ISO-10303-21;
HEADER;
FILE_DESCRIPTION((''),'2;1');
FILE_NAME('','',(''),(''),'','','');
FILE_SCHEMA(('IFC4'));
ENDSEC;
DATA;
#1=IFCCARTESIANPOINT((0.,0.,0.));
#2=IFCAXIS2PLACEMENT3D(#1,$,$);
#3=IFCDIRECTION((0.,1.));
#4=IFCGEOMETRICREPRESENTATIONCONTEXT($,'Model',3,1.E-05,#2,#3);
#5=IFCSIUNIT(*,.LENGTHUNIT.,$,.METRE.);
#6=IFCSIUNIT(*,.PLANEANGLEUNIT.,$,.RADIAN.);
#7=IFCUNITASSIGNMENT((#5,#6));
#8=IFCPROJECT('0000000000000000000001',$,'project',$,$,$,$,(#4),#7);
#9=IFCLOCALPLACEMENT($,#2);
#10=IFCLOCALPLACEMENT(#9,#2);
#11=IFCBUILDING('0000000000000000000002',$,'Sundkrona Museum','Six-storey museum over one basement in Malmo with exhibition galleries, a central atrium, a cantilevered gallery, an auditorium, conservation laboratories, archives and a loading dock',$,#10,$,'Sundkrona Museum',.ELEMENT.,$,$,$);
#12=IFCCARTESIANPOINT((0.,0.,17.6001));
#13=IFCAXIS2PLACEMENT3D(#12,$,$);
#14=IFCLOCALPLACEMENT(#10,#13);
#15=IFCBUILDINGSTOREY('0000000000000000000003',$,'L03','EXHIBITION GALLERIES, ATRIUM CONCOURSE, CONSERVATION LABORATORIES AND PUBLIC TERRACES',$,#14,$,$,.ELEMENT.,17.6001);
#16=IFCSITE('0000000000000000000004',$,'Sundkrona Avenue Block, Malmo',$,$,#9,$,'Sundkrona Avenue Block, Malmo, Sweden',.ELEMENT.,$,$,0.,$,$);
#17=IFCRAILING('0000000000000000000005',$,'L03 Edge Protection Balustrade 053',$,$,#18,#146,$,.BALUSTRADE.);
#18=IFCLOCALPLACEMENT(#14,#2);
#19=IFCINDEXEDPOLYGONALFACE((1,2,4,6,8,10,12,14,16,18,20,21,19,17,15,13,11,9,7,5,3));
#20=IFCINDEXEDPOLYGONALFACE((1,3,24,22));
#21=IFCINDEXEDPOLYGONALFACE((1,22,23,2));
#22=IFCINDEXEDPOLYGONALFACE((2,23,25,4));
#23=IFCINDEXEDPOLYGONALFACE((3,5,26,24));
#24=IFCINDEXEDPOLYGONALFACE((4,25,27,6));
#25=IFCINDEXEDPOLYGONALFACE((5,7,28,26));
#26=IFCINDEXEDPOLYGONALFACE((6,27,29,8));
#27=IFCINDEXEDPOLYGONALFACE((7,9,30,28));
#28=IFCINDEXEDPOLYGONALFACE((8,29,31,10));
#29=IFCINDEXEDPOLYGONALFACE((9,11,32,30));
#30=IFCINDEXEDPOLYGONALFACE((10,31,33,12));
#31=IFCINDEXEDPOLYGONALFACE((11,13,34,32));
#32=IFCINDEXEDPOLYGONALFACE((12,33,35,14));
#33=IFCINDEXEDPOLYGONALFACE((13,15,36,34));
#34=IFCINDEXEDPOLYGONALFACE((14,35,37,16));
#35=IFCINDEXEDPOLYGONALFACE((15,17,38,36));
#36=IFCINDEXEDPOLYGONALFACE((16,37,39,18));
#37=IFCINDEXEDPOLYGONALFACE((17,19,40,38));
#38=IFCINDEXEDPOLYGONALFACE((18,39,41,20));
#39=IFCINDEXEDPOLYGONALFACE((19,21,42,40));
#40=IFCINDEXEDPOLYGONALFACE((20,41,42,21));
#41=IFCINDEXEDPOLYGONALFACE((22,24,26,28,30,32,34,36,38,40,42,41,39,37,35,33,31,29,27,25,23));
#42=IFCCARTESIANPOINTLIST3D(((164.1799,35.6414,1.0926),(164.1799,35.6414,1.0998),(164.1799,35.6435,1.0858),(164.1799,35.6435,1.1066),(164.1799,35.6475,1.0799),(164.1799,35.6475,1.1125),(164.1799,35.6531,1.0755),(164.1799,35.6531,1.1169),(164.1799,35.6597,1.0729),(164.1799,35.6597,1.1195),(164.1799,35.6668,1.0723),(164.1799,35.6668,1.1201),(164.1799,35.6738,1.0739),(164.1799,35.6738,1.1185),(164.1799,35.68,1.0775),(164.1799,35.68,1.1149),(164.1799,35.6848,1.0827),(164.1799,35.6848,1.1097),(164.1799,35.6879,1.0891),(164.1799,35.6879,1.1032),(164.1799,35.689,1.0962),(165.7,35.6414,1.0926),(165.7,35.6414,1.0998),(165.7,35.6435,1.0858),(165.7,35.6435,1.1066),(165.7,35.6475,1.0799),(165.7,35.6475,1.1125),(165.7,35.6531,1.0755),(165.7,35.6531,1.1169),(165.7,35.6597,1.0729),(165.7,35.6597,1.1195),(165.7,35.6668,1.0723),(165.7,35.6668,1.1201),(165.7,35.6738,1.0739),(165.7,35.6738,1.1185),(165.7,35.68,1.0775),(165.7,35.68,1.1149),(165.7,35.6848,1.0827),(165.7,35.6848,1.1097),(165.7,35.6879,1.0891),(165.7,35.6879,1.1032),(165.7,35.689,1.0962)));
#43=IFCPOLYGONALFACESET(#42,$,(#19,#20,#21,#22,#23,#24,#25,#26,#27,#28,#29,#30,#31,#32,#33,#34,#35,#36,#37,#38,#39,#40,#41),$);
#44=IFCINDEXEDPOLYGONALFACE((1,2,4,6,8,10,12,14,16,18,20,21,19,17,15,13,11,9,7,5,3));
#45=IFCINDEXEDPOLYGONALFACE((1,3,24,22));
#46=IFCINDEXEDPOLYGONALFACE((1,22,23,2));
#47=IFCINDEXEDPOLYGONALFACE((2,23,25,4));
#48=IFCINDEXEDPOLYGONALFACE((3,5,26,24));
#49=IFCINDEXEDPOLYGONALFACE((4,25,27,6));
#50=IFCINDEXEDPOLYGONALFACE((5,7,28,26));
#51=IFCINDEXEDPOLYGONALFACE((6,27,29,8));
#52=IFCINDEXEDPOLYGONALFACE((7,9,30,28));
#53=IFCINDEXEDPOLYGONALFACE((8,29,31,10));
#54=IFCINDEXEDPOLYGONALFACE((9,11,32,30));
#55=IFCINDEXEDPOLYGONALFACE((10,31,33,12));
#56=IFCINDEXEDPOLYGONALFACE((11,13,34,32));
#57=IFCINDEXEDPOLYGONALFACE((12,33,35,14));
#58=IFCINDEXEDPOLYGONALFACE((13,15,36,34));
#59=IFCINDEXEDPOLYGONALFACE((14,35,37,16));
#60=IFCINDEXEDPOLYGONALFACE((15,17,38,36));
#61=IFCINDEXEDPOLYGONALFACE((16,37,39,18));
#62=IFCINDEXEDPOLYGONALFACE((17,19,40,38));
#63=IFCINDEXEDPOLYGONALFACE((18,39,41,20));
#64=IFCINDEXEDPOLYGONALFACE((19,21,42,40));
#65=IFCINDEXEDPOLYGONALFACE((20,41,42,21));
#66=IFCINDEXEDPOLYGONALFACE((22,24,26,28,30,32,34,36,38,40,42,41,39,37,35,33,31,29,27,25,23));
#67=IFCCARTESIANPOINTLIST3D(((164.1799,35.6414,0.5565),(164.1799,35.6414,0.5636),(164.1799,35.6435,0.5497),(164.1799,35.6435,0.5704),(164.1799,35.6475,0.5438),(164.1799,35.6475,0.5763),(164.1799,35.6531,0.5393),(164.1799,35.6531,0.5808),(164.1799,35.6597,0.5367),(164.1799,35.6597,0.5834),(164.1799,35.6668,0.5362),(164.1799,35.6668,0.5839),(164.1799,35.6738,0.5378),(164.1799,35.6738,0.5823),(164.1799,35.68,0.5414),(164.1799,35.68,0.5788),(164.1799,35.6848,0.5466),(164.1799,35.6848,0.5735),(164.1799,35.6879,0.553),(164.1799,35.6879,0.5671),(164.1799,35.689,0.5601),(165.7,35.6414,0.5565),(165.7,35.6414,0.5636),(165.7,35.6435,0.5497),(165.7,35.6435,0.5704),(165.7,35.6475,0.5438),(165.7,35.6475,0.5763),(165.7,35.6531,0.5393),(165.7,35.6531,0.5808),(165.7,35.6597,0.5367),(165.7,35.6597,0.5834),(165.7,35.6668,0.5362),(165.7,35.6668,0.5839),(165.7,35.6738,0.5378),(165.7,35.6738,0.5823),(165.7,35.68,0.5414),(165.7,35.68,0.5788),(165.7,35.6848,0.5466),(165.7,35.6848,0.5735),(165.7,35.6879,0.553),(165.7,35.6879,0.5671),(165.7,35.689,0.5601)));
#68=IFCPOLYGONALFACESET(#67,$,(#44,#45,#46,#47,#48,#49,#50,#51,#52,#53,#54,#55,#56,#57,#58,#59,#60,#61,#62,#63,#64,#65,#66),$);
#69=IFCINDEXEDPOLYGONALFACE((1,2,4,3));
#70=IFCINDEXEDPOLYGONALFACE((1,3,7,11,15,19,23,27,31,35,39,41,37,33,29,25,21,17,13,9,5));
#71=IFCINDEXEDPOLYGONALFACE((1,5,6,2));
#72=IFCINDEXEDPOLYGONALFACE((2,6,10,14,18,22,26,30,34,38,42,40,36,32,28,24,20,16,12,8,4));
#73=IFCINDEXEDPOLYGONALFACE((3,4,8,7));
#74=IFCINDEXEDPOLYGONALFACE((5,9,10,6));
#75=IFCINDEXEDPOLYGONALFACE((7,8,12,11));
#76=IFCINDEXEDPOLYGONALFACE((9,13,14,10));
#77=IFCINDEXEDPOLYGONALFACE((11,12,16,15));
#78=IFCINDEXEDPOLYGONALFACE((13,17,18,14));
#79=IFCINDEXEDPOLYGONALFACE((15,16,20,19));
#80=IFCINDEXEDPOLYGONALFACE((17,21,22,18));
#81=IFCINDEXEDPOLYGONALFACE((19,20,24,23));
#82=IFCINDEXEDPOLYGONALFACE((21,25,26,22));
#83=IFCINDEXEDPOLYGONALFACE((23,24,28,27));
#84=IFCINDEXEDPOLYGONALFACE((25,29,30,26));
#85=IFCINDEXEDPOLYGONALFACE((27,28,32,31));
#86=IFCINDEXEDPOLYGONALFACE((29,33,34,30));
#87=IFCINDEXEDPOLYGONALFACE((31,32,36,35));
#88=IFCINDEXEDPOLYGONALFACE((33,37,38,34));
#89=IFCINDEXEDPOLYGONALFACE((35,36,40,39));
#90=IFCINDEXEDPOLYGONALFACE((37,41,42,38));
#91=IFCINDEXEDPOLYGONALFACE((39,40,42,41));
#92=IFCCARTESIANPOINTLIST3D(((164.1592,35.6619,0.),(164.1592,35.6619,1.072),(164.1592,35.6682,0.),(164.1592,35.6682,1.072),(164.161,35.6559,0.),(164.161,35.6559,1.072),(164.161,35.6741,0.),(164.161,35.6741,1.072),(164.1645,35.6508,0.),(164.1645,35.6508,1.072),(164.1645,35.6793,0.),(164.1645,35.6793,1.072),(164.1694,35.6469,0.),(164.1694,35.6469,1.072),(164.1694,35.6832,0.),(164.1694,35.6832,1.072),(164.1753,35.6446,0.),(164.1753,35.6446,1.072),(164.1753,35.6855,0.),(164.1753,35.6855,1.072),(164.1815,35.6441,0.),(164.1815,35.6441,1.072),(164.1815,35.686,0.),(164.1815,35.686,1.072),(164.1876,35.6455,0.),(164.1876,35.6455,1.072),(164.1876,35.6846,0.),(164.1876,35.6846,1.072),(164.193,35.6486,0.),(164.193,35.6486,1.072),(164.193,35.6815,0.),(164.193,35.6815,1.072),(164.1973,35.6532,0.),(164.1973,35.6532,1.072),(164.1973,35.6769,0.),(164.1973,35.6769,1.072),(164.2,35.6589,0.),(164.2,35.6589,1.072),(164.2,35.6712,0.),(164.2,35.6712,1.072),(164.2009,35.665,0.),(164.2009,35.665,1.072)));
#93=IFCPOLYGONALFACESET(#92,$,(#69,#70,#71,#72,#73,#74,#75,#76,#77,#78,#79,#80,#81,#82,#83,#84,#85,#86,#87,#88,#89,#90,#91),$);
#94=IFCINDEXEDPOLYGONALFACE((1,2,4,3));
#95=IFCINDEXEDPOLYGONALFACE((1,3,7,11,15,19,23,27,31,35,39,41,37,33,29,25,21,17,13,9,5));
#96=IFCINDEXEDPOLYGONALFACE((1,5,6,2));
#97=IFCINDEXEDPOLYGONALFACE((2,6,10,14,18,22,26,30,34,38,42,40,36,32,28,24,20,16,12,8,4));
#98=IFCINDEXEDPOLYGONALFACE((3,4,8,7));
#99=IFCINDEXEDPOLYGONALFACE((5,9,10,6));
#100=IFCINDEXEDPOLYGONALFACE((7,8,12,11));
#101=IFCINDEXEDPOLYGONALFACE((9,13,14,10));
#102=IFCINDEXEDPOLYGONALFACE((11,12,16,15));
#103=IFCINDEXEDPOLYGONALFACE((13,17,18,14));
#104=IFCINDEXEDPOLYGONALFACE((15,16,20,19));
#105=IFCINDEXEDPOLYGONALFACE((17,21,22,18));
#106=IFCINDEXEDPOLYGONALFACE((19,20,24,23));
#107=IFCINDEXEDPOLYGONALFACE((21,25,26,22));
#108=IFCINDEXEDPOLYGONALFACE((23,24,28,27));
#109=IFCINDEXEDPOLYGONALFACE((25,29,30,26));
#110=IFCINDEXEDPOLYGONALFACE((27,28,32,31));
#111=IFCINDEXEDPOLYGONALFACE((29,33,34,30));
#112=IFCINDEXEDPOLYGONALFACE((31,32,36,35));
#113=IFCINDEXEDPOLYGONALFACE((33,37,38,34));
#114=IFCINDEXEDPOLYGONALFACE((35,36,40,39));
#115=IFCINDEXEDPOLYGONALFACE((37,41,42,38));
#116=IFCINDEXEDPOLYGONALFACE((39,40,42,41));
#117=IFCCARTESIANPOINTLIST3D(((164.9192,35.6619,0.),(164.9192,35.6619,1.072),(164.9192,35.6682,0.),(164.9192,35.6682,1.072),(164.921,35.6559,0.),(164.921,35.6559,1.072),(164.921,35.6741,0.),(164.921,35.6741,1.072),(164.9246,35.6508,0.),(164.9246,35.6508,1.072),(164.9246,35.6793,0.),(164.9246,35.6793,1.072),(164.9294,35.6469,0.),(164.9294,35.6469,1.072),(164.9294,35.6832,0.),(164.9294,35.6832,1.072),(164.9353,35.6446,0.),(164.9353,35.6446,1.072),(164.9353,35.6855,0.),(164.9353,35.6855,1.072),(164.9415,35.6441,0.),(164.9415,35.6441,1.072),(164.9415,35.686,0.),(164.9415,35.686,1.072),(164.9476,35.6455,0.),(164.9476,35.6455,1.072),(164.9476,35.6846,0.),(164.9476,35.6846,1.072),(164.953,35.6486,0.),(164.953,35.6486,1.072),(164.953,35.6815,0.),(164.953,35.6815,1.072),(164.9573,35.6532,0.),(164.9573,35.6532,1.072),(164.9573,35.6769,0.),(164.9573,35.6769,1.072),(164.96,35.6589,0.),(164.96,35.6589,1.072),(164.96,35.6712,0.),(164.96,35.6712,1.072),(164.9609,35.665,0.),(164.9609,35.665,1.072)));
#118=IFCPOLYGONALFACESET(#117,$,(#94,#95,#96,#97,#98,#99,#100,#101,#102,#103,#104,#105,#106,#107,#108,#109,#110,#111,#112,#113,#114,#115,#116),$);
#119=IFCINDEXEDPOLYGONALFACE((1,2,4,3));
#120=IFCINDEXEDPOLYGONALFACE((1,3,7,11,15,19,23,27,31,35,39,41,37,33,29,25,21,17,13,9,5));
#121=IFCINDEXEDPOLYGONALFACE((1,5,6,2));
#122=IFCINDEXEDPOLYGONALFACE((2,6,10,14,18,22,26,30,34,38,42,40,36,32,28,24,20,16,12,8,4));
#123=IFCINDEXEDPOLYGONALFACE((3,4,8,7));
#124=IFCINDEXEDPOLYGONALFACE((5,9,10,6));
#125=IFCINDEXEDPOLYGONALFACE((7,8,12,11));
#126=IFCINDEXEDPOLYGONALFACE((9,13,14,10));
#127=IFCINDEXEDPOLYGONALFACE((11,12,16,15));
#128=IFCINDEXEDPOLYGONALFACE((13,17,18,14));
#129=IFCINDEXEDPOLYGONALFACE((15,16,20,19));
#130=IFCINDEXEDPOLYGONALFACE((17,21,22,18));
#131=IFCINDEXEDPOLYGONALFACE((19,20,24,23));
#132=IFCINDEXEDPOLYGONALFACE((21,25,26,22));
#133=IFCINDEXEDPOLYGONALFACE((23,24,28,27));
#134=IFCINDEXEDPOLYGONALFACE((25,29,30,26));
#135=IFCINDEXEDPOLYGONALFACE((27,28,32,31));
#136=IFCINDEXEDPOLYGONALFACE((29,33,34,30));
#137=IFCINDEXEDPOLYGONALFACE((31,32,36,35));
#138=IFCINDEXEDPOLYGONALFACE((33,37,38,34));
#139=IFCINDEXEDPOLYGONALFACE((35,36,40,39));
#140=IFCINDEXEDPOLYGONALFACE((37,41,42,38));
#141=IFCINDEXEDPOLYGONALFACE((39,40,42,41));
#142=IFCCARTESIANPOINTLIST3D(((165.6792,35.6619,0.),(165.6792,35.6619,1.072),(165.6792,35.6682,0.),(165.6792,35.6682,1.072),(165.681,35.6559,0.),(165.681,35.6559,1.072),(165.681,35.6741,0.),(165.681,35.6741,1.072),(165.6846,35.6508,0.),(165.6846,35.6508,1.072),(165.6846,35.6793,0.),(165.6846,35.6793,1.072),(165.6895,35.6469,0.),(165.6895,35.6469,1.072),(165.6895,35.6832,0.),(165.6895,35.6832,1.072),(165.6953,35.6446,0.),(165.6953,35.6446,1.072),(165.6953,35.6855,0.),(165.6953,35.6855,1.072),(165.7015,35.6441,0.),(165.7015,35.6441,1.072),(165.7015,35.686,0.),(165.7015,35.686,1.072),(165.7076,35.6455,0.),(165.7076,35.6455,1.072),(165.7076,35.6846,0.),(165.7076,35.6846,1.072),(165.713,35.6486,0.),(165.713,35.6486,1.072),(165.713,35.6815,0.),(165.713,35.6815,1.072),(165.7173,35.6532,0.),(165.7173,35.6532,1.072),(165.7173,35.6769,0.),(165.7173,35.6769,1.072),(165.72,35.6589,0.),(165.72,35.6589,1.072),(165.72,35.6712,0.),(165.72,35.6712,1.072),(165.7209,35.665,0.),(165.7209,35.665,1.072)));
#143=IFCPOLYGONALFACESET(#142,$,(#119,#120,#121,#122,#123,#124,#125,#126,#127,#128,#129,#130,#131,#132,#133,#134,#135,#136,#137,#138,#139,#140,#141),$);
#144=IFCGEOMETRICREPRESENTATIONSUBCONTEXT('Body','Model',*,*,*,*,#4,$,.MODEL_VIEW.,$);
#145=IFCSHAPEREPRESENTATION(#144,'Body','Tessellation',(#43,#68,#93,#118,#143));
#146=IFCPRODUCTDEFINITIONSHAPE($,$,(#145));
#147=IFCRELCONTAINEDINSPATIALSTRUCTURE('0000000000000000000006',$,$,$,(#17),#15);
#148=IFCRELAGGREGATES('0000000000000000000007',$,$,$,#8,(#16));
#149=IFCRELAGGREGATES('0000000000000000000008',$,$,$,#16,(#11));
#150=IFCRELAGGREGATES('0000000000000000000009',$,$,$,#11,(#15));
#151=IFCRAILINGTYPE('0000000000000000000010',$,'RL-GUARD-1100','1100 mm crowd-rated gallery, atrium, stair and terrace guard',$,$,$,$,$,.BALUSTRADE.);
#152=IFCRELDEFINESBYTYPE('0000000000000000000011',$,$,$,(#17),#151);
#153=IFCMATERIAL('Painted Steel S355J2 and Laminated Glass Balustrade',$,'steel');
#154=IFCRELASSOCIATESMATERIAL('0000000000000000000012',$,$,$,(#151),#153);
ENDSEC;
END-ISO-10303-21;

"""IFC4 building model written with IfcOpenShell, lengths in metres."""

from ifc_helpers import new_model, si_unit, direction, frame, origin, origin_2d, place, context, subcontext, project, spatial, circle, extrude, material, type_object, element, save


model = new_model("IFC4")

# Units and contexts
model_context = context("Model", 3, precision=1e-05, world=origin(), true_north=direction((0.0, 1.0)))
body_context = subcontext(model_context, "Body", "Model", "MODEL_VIEW")
ifc_project = project(units=[si_unit("LENGTHUNIT", "METRE"), si_unit("PLANEANGLEUNIT", "RADIAN")], contexts=[model_context])

# Site, building, storey
site_placement = place(None, origin())
site = spatial("IfcSite", under=ifc_project, at=site_placement, Name="Sundkrona Avenue Block, Malmo", LongName="Sundkrona Avenue Block, Malmo, Sweden", CompositionType="ELEMENT", RefElevation=0.0)
building_placement = place(site_placement, origin())
building = spatial("IfcBuilding", under=site, at=building_placement, Name="Sundkrona Museum", Description="Six-storey museum over one basement in Malmo with exhibition galleries, a central atrium, a cantilevered gallery, an auditorium, conservation laboratories, archives and a loading dock", LongName="Sundkrona Museum", CompositionType="ELEMENT")
storey_placement = place(building_placement, frame((0.0, 0.0, 17.6001)))
storey = spatial("IfcBuildingStorey", under=building, at=storey_placement, Name="L03", Description="EXHIBITION GALLERIES, ATRIUM CONCOURSE, CONSERVATION LABORATORIES AND PUBLIC TERRACES", CompositionType="ELEMENT", Elevation=17.6001)

# Railing
ifc_material_1 = material(Name="Painted Steel S355J2 and Laminated Glass Balustrade", Category="steel")
railing_type_1 = type_object("IfcRailingType", Name="RL-GUARD-1100", Description="1100 mm crowd-rated gallery, atrium, stair and terrace guard", PredefinedType="BALUSTRADE", material=ifc_material_1)
for number, where, name in (
    (1, (164.1799, 35.665, 0.0), "L03 Edge Protection Balustrade 053"),
):
    element("IfcRailing", number, at=place(storey_placement, frame(where)), inside=storey, type_object=railing_type_1, Name=name, PredefinedType="BALUSTRADE", context=body_context, shape_type="SweptSolid", body=[
        extrude(circle(Radius=0.0239, at=origin_2d()), frame((0.0, 0.0, 1.0962), z_axis=(1.0, 0.0, 0.0), x_axis=(0.0, 1.0, 0.0)), (0.0, 0.0, 1.0), 1.52),
        extrude(circle(Radius=0.0239, at=origin_2d()), frame((0.0, 0.0, 0.5601), z_axis=(1.0, 0.0, 0.0), x_axis=(0.0, 1.0, 0.0)), (0.0, 0.0, 1.0), 1.52),
        extrude(circle(Radius=0.021, at=origin_2d()), origin(), (0.0, 0.0, 1.0), 1.072),
        extrude(circle(Radius=0.021, at=origin_2d()), frame((0.76, 0.0, 0.0)), (0.0, 0.0, 1.0), 1.072),
        extrude(circle(Radius=0.021, at=origin_2d()), frame((1.52, 0.0, 0.0)), (0.0, 0.0, 1.0), 1.072),
    ])

save(model, "model.ifc")
